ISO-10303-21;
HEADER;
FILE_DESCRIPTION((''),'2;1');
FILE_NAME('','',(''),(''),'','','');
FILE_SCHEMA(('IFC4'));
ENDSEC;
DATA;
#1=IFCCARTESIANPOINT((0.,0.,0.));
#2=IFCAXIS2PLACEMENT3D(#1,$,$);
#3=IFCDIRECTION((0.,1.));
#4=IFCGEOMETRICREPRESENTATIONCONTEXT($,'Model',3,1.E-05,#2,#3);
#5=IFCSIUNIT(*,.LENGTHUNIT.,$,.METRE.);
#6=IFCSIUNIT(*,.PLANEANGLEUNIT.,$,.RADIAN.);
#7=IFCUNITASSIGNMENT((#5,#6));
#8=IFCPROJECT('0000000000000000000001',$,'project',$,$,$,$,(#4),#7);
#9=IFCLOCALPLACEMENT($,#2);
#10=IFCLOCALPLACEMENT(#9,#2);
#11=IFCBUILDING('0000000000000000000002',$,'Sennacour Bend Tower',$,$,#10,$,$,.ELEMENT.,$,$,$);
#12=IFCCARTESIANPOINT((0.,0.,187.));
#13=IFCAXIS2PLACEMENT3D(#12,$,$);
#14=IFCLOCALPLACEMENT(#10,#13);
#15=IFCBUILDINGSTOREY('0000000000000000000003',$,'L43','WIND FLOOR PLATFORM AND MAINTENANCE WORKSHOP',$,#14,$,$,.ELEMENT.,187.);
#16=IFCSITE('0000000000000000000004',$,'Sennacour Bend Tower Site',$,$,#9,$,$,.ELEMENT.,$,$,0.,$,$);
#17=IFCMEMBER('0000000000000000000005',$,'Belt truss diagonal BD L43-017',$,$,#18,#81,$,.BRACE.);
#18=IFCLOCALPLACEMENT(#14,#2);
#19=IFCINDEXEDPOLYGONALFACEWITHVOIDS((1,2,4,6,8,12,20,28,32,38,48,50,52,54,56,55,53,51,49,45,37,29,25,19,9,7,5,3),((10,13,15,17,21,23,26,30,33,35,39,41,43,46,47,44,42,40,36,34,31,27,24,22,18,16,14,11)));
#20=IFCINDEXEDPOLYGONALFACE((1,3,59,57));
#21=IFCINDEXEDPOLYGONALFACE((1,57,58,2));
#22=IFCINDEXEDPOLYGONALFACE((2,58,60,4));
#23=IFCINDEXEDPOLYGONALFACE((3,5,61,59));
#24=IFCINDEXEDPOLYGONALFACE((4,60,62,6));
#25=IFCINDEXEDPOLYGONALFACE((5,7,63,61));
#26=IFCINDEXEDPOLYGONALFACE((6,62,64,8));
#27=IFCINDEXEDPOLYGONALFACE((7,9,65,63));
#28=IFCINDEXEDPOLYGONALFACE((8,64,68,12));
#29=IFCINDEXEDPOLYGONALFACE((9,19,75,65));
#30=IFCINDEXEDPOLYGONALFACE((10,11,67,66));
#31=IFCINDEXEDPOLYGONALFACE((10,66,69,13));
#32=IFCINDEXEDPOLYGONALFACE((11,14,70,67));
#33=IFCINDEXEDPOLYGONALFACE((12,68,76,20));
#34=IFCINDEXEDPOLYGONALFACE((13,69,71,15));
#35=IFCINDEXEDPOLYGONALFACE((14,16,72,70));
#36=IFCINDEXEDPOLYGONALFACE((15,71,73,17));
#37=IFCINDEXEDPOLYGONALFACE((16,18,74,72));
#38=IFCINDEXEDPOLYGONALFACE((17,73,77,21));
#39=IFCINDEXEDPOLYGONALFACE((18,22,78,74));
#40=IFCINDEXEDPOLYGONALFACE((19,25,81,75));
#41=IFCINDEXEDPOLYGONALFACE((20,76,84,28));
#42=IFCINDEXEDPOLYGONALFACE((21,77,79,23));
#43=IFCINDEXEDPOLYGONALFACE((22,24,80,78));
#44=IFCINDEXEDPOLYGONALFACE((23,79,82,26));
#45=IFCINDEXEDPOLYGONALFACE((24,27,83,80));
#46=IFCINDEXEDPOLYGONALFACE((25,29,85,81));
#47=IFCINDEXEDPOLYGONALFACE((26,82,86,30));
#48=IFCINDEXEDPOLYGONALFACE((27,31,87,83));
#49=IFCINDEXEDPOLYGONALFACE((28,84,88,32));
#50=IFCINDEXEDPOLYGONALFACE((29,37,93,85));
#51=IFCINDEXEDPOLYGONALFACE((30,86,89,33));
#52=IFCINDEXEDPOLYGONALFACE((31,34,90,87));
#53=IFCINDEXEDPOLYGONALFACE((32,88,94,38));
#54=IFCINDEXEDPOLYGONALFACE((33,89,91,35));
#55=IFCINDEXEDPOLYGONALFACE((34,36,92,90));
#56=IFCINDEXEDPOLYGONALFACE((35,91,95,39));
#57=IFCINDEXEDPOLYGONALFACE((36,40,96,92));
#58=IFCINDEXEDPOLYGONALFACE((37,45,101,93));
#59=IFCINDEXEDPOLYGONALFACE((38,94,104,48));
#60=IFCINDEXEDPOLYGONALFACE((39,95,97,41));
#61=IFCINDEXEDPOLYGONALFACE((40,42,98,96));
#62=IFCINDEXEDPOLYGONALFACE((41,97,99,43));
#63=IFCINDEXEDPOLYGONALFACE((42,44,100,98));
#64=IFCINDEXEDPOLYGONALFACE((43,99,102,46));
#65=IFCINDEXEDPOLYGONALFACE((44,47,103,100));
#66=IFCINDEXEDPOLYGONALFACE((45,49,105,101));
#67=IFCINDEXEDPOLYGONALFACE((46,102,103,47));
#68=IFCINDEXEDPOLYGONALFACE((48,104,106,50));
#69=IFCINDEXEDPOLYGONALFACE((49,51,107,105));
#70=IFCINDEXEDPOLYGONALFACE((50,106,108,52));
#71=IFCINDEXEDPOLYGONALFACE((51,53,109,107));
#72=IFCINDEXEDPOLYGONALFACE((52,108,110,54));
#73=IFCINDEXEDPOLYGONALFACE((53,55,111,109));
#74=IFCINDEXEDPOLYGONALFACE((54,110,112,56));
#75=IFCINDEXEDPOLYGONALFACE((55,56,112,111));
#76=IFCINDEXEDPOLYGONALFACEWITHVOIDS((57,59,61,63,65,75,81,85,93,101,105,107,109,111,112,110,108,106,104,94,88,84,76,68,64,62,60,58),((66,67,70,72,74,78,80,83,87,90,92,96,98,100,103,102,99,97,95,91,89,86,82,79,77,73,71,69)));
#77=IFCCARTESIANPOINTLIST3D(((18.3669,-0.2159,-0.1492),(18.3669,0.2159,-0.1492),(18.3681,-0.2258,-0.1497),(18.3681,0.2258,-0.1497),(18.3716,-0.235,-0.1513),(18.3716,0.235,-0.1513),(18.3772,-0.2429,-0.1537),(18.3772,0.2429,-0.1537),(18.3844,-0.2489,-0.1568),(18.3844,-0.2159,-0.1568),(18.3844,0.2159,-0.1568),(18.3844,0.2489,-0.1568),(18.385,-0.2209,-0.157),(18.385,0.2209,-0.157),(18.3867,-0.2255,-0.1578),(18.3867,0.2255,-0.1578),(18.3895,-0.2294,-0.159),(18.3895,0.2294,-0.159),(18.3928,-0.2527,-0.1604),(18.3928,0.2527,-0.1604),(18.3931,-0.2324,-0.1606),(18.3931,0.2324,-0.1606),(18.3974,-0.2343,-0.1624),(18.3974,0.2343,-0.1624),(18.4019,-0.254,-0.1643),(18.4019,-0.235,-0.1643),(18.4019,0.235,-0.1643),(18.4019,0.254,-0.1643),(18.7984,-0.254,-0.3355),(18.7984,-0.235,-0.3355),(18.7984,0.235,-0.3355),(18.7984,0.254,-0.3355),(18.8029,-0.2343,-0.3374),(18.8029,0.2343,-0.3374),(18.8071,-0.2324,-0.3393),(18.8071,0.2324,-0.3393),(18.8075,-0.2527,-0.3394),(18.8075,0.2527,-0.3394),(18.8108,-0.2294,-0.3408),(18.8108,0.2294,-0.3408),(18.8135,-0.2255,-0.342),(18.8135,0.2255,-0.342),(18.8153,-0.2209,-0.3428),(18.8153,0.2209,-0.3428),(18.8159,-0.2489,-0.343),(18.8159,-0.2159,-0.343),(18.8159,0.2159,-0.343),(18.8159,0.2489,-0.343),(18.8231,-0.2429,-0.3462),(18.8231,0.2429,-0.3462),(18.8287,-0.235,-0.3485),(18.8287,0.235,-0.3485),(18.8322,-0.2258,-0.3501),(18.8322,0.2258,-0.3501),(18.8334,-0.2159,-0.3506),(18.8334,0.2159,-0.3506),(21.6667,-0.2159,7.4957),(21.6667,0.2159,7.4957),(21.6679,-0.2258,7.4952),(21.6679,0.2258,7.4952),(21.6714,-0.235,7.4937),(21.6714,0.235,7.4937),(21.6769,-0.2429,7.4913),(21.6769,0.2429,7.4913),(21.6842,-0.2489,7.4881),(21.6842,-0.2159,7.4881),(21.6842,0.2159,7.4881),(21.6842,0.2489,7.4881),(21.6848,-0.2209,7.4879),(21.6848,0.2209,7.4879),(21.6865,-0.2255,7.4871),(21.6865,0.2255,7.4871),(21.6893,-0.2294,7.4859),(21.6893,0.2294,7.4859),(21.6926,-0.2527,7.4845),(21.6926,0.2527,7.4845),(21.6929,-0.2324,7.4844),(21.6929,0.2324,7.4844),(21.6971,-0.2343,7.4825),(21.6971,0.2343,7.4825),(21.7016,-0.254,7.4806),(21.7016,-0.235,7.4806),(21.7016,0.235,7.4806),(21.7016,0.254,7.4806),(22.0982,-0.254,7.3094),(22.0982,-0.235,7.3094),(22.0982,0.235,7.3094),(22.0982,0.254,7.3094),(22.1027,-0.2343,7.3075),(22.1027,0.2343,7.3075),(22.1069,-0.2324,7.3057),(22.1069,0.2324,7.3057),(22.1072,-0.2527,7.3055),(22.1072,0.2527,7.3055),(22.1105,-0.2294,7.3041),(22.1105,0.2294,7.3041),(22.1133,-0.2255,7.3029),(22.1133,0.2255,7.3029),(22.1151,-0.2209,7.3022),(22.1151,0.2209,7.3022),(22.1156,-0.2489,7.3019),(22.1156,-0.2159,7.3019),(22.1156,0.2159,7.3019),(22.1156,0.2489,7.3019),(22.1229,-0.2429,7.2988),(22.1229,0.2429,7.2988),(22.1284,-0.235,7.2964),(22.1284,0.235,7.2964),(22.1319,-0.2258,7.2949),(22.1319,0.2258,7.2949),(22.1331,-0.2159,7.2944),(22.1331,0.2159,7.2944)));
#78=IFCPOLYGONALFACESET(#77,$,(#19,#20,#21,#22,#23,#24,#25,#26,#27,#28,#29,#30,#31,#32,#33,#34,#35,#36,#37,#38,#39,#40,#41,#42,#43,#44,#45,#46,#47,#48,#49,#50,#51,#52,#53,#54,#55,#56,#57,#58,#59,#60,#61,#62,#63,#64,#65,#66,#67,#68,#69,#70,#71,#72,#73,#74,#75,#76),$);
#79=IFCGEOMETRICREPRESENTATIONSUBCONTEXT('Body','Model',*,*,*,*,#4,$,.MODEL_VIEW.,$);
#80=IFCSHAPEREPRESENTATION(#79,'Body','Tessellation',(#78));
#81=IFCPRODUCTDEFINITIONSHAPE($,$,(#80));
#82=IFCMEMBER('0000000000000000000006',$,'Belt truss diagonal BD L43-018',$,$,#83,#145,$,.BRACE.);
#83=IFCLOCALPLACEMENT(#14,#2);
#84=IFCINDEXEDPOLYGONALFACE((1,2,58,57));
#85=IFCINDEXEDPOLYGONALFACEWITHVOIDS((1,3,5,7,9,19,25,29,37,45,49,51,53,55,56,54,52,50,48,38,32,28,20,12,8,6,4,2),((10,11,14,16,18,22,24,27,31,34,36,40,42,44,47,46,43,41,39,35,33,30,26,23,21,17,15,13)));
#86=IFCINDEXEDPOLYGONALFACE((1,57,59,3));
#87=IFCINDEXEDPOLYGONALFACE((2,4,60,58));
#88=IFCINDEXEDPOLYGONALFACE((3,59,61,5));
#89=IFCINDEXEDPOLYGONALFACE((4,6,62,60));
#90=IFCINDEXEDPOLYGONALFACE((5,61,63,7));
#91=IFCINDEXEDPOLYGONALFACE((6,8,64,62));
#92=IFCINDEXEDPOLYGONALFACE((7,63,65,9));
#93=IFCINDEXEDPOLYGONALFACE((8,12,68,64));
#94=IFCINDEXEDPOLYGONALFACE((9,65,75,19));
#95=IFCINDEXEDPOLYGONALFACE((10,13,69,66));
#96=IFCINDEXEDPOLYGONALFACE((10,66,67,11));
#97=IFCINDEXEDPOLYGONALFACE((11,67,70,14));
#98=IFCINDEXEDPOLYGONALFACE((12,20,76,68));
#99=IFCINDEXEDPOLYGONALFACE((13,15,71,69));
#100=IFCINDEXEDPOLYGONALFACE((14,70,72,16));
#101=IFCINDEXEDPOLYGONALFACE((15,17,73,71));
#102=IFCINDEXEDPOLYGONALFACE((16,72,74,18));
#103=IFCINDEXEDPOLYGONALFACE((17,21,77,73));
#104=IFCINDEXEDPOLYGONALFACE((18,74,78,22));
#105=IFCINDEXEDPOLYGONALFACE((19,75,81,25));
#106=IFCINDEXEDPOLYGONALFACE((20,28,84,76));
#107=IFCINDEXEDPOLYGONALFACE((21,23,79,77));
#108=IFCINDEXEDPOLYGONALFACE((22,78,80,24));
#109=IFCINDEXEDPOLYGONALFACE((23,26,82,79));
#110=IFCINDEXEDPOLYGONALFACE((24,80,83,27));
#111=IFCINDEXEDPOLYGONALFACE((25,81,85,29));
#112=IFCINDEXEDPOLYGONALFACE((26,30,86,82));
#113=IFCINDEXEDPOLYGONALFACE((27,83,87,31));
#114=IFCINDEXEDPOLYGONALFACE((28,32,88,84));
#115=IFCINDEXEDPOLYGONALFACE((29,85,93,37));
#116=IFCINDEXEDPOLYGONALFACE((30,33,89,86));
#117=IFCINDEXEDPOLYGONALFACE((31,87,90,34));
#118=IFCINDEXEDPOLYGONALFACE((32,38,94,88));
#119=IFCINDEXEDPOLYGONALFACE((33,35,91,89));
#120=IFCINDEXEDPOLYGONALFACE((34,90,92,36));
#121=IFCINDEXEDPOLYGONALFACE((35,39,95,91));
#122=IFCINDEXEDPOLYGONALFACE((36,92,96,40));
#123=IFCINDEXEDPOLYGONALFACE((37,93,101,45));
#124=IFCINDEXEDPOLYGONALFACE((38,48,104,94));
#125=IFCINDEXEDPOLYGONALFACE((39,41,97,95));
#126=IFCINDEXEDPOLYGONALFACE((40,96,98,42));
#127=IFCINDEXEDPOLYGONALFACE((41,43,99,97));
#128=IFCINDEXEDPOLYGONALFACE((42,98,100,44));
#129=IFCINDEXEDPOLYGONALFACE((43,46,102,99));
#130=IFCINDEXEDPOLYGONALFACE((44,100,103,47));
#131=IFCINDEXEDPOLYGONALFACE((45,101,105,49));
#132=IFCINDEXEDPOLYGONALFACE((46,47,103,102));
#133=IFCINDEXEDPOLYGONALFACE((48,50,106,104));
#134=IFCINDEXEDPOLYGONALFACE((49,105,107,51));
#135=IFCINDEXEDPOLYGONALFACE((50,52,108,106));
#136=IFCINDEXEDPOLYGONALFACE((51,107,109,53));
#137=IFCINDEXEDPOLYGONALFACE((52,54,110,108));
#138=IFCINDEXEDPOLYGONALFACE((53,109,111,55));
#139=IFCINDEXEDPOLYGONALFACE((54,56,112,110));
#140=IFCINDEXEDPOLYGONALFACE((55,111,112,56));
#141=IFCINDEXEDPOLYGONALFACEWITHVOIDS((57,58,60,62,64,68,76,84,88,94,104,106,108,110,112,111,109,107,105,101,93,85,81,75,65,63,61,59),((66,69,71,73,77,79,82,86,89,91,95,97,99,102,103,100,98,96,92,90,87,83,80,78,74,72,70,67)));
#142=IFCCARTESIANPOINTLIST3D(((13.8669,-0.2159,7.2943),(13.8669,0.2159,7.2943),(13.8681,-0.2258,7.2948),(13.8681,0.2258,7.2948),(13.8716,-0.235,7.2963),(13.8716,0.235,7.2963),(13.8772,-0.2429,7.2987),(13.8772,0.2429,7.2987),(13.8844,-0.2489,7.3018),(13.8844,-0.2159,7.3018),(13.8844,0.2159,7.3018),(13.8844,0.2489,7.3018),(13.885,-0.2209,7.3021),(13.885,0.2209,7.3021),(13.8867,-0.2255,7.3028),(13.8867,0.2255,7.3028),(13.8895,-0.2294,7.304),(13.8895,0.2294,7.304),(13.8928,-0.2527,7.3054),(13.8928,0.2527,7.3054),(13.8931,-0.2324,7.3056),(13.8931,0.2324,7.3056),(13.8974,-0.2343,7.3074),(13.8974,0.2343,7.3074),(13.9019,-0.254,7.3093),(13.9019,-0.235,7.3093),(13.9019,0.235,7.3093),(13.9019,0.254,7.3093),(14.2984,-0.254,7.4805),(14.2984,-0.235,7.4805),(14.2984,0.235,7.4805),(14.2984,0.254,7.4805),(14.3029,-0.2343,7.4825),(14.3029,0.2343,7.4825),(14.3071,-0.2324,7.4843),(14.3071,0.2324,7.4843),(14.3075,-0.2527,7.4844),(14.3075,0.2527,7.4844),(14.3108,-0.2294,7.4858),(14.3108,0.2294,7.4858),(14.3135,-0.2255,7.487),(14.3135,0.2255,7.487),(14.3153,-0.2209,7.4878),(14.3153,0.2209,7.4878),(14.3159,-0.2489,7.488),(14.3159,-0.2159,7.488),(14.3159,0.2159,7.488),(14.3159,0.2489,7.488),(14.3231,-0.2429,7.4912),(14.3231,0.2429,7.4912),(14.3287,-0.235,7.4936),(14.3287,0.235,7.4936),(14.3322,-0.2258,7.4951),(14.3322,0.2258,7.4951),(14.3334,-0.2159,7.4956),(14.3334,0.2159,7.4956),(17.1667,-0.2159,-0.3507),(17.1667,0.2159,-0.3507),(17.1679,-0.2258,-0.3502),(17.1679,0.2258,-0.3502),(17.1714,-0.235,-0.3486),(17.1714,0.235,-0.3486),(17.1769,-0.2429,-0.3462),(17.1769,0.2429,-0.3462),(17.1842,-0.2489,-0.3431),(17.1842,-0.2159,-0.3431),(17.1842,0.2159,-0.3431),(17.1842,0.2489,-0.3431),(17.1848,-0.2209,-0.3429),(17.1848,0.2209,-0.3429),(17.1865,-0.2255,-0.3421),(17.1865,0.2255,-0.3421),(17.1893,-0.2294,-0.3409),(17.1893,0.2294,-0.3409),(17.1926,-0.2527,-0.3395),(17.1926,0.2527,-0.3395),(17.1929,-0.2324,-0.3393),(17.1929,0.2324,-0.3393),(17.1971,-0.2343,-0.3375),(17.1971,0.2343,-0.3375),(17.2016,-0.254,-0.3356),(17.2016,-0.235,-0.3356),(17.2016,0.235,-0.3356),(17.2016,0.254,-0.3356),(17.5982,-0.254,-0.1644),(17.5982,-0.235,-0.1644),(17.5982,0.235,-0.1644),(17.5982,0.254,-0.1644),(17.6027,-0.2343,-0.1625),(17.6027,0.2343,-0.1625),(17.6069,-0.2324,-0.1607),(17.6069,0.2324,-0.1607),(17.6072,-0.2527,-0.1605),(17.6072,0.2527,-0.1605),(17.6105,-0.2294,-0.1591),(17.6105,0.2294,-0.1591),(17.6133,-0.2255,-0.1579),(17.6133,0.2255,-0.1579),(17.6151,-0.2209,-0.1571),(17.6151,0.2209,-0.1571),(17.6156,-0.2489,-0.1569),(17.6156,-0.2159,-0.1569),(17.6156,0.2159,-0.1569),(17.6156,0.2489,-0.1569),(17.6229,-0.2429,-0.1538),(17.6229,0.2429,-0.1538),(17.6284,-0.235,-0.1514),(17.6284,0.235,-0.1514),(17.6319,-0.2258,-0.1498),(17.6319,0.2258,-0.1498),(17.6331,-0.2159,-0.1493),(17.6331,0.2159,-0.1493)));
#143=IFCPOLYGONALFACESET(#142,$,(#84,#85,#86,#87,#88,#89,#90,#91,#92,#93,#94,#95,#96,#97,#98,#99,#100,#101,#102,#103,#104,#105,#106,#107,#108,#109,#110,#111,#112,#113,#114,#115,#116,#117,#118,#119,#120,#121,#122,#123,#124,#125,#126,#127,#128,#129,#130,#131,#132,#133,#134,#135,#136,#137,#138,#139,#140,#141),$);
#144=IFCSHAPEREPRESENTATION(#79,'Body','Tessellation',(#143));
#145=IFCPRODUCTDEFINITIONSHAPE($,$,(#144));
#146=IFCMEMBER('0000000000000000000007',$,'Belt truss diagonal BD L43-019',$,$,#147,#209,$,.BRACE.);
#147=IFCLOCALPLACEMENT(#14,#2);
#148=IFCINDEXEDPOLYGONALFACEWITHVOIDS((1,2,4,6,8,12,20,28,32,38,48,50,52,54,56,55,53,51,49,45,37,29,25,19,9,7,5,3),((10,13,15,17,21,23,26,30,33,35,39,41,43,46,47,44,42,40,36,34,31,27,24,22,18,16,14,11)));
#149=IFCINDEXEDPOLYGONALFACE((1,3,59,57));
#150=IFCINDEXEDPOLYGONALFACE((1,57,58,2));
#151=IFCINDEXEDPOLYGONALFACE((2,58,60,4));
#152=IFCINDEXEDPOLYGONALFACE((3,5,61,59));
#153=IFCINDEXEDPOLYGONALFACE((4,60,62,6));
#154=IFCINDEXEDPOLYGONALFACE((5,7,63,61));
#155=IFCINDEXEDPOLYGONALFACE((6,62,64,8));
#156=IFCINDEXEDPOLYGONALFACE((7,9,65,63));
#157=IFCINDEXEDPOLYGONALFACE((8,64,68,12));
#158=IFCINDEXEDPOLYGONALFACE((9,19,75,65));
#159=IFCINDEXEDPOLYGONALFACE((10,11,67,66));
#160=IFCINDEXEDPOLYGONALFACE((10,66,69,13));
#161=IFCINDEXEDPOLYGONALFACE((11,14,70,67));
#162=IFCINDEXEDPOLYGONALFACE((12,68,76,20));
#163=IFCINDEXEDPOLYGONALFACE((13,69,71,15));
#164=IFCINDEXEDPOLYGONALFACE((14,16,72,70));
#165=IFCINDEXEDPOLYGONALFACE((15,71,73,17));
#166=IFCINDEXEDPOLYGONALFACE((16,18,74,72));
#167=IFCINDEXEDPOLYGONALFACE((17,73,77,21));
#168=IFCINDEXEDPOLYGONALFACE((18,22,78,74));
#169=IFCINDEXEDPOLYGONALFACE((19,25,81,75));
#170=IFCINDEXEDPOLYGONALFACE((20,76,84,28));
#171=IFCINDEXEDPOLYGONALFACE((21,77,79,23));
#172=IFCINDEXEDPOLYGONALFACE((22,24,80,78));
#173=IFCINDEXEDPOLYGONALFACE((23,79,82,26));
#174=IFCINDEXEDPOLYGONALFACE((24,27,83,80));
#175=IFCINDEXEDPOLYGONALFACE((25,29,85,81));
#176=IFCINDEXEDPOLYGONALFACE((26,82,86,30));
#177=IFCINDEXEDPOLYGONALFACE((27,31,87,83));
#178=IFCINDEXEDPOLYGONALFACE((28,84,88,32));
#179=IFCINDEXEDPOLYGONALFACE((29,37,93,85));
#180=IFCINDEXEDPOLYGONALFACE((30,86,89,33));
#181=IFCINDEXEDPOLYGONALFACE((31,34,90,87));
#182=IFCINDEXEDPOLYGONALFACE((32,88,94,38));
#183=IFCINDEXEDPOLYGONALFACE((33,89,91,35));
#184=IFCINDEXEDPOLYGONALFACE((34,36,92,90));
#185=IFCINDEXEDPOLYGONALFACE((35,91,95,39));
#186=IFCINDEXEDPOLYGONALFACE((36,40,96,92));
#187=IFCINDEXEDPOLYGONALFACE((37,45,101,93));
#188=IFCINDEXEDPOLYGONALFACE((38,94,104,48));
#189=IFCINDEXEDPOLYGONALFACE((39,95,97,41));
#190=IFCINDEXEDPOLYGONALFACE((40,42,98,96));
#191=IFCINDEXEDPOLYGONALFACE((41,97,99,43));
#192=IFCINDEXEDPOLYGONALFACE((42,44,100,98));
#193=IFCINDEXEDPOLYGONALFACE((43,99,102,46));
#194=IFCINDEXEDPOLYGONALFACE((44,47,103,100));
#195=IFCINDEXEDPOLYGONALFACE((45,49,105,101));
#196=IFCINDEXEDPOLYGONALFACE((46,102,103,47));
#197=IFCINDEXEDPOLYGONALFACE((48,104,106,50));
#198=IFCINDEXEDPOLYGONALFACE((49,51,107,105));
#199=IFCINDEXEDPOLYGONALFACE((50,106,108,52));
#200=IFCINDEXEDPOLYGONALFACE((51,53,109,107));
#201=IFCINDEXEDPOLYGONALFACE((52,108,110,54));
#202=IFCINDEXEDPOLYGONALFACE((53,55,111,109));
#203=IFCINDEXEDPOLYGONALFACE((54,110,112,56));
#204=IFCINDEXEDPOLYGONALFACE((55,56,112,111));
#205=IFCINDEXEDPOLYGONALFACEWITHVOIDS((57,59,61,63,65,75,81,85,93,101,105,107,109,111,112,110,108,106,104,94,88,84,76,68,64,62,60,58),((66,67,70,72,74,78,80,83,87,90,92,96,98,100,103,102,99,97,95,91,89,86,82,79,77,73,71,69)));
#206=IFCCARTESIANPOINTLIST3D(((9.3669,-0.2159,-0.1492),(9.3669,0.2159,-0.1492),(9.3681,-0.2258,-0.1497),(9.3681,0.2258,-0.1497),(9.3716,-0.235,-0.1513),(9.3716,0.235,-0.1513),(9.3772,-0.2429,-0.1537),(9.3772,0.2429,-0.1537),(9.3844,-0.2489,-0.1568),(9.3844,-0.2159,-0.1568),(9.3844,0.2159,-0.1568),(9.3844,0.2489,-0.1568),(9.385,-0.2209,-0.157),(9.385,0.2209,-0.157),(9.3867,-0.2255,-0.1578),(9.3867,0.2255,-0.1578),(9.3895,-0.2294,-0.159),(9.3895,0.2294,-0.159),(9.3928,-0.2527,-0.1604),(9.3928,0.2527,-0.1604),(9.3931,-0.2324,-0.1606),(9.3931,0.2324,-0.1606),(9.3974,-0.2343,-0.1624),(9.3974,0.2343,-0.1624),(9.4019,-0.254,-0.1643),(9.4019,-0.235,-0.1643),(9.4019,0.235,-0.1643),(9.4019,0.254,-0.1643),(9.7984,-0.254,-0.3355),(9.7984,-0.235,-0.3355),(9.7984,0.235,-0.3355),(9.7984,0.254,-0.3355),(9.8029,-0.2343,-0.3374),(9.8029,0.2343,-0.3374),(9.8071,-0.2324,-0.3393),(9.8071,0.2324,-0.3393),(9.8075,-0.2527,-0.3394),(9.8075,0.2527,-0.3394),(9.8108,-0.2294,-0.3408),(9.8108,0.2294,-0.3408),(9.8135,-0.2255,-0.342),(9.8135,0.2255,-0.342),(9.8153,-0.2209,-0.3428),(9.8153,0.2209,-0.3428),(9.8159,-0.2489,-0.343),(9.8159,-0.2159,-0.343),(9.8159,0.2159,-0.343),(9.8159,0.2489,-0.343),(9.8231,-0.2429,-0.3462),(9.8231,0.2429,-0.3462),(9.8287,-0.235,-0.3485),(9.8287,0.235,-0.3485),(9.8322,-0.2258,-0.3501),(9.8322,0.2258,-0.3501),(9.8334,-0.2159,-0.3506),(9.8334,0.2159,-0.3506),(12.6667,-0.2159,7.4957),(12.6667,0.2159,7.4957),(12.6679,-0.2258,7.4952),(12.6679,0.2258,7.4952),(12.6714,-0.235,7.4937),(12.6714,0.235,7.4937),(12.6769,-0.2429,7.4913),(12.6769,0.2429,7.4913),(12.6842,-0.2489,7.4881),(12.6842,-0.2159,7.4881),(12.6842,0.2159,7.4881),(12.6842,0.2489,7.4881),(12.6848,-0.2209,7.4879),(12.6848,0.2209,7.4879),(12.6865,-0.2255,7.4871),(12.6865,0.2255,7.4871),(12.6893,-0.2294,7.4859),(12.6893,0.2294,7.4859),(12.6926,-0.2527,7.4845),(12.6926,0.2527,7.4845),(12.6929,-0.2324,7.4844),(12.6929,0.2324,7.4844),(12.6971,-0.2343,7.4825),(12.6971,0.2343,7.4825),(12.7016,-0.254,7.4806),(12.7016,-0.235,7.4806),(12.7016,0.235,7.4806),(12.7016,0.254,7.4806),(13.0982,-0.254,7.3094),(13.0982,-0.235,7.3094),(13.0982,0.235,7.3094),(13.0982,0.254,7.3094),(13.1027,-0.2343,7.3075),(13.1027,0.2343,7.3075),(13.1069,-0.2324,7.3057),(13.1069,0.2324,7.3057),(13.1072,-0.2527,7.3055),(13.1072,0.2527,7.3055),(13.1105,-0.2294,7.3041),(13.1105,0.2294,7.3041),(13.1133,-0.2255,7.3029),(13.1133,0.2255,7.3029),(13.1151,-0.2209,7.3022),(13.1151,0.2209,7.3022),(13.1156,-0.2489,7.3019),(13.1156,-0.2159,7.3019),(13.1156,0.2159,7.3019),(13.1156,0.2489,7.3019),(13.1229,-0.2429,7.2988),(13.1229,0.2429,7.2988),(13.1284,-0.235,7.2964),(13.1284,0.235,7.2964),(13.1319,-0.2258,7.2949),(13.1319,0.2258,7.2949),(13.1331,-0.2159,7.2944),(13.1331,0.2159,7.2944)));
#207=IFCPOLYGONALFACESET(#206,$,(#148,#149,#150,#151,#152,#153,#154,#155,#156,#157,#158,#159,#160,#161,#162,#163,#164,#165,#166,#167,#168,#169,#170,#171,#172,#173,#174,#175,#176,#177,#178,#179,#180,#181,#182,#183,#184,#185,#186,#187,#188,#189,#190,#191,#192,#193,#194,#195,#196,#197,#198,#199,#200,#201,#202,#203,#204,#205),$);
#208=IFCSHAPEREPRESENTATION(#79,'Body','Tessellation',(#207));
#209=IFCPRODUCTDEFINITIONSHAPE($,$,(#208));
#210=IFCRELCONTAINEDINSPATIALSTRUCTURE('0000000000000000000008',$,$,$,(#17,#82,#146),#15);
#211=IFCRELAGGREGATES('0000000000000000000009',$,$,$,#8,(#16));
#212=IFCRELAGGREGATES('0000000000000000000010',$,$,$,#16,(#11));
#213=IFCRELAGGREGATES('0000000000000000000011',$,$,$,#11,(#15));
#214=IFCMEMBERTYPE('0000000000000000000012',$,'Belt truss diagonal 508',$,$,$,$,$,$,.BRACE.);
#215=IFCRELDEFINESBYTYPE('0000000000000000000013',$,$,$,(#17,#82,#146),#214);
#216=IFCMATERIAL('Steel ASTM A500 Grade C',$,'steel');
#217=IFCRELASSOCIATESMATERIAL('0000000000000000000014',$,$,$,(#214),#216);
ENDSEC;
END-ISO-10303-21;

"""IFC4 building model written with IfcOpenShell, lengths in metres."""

from ifc_helpers import new_model, si_unit, direction, frame, origin, origin_2d, place, context, subcontext, project, spatial, hollow_rectangle, extrude, material, material_profile, profile_set, type_object, element, save


model = new_model("IFC4")

# Units and contexts
model_context = context("Model", 3, precision=1e-05, world=origin(), true_north=direction((0.0, 1.0)))
body_context = subcontext(model_context, "Body", "Model", "MODEL_VIEW")
ifc_project = project(units=[si_unit("LENGTHUNIT", "METRE"), si_unit("PLANEANGLEUNIT", "RADIAN")], contexts=[model_context])

# Site, building, storey
site_placement = place(None, origin())
site = spatial("IfcSite", under=ifc_project, at=site_placement, Name="Sennacour Bend Tower Site", CompositionType="ELEMENT", RefElevation=0.0)
building_placement = place(site_placement, origin())
building = spatial("IfcBuilding", under=site, at=building_placement, Name="Sennacour Bend Tower", CompositionType="ELEMENT")
storey_placement = place(building_placement, frame((0.0, 0.0, 187.0)))
storey = spatial("IfcBuildingStorey", under=building, at=storey_placement, Name="L43", Description="WIND FLOOR PLATFORM AND MAINTENANCE WORKSHOP", CompositionType="ELEMENT", Elevation=187.0)

# Members
ifc_material_1 = material(Name="Steel ASTM A500 Grade C", Category="steel")
ifc_material_profile_1 = material_profile(ifc_material_1, hollow_rectangle(XDim=0.5081, YDim=0.5081, WallThickness=0.019, InnerFilletRadius=0.019, OuterFilletRadius=0.0381, at=origin_2d()), Name="Steel ASTM A500 Grade C", Category="steel")
ifc_profile_set_1 = profile_set([ifc_material_profile_1], Name="Steel ASTM A500 Grade C")
member_type_1 = type_object("IfcMemberType", Name="Belt truss diagonal 508", PredefinedType="BRACE", material=ifc_profile_set_1)
for number, where, z_axis, x_axis, name in (
    (1, (21.8999, 0.0, 7.395), (-0.396289, 0.0, -0.918126), (0.0, -1.0, 0.0), "Belt truss diagonal BD L43-017"),
    (2, (17.3999, 0.0, -0.25), (-0.396289, 0.0, 0.918126), (0.0, -1.0, 0.0), "Belt truss diagonal BD L43-018"),
    (3, (12.8999, 0.0, 7.395), (-0.396289, 0.0, -0.918126), (0.0, -1.0, 0.0), "Belt truss diagonal BD L43-019"),
):
    element("IfcMember", number, at=place(storey_placement, frame(where, z_axis=z_axis, x_axis=x_axis)), inside=storey, type_object=member_type_1, Name=name, PredefinedType="BRACE", context=body_context, shape_type="SweptSolid", body=[
        extrude(hollow_rectangle(XDim=0.5081, YDim=0.5081, WallThickness=0.019, InnerFilletRadius=0.019, OuterFilletRadius=0.0381, at=origin_2d()), origin(), (0.0, 0.0, 1.0), 8.3267),
    ])

save(model, "model.ifc")
